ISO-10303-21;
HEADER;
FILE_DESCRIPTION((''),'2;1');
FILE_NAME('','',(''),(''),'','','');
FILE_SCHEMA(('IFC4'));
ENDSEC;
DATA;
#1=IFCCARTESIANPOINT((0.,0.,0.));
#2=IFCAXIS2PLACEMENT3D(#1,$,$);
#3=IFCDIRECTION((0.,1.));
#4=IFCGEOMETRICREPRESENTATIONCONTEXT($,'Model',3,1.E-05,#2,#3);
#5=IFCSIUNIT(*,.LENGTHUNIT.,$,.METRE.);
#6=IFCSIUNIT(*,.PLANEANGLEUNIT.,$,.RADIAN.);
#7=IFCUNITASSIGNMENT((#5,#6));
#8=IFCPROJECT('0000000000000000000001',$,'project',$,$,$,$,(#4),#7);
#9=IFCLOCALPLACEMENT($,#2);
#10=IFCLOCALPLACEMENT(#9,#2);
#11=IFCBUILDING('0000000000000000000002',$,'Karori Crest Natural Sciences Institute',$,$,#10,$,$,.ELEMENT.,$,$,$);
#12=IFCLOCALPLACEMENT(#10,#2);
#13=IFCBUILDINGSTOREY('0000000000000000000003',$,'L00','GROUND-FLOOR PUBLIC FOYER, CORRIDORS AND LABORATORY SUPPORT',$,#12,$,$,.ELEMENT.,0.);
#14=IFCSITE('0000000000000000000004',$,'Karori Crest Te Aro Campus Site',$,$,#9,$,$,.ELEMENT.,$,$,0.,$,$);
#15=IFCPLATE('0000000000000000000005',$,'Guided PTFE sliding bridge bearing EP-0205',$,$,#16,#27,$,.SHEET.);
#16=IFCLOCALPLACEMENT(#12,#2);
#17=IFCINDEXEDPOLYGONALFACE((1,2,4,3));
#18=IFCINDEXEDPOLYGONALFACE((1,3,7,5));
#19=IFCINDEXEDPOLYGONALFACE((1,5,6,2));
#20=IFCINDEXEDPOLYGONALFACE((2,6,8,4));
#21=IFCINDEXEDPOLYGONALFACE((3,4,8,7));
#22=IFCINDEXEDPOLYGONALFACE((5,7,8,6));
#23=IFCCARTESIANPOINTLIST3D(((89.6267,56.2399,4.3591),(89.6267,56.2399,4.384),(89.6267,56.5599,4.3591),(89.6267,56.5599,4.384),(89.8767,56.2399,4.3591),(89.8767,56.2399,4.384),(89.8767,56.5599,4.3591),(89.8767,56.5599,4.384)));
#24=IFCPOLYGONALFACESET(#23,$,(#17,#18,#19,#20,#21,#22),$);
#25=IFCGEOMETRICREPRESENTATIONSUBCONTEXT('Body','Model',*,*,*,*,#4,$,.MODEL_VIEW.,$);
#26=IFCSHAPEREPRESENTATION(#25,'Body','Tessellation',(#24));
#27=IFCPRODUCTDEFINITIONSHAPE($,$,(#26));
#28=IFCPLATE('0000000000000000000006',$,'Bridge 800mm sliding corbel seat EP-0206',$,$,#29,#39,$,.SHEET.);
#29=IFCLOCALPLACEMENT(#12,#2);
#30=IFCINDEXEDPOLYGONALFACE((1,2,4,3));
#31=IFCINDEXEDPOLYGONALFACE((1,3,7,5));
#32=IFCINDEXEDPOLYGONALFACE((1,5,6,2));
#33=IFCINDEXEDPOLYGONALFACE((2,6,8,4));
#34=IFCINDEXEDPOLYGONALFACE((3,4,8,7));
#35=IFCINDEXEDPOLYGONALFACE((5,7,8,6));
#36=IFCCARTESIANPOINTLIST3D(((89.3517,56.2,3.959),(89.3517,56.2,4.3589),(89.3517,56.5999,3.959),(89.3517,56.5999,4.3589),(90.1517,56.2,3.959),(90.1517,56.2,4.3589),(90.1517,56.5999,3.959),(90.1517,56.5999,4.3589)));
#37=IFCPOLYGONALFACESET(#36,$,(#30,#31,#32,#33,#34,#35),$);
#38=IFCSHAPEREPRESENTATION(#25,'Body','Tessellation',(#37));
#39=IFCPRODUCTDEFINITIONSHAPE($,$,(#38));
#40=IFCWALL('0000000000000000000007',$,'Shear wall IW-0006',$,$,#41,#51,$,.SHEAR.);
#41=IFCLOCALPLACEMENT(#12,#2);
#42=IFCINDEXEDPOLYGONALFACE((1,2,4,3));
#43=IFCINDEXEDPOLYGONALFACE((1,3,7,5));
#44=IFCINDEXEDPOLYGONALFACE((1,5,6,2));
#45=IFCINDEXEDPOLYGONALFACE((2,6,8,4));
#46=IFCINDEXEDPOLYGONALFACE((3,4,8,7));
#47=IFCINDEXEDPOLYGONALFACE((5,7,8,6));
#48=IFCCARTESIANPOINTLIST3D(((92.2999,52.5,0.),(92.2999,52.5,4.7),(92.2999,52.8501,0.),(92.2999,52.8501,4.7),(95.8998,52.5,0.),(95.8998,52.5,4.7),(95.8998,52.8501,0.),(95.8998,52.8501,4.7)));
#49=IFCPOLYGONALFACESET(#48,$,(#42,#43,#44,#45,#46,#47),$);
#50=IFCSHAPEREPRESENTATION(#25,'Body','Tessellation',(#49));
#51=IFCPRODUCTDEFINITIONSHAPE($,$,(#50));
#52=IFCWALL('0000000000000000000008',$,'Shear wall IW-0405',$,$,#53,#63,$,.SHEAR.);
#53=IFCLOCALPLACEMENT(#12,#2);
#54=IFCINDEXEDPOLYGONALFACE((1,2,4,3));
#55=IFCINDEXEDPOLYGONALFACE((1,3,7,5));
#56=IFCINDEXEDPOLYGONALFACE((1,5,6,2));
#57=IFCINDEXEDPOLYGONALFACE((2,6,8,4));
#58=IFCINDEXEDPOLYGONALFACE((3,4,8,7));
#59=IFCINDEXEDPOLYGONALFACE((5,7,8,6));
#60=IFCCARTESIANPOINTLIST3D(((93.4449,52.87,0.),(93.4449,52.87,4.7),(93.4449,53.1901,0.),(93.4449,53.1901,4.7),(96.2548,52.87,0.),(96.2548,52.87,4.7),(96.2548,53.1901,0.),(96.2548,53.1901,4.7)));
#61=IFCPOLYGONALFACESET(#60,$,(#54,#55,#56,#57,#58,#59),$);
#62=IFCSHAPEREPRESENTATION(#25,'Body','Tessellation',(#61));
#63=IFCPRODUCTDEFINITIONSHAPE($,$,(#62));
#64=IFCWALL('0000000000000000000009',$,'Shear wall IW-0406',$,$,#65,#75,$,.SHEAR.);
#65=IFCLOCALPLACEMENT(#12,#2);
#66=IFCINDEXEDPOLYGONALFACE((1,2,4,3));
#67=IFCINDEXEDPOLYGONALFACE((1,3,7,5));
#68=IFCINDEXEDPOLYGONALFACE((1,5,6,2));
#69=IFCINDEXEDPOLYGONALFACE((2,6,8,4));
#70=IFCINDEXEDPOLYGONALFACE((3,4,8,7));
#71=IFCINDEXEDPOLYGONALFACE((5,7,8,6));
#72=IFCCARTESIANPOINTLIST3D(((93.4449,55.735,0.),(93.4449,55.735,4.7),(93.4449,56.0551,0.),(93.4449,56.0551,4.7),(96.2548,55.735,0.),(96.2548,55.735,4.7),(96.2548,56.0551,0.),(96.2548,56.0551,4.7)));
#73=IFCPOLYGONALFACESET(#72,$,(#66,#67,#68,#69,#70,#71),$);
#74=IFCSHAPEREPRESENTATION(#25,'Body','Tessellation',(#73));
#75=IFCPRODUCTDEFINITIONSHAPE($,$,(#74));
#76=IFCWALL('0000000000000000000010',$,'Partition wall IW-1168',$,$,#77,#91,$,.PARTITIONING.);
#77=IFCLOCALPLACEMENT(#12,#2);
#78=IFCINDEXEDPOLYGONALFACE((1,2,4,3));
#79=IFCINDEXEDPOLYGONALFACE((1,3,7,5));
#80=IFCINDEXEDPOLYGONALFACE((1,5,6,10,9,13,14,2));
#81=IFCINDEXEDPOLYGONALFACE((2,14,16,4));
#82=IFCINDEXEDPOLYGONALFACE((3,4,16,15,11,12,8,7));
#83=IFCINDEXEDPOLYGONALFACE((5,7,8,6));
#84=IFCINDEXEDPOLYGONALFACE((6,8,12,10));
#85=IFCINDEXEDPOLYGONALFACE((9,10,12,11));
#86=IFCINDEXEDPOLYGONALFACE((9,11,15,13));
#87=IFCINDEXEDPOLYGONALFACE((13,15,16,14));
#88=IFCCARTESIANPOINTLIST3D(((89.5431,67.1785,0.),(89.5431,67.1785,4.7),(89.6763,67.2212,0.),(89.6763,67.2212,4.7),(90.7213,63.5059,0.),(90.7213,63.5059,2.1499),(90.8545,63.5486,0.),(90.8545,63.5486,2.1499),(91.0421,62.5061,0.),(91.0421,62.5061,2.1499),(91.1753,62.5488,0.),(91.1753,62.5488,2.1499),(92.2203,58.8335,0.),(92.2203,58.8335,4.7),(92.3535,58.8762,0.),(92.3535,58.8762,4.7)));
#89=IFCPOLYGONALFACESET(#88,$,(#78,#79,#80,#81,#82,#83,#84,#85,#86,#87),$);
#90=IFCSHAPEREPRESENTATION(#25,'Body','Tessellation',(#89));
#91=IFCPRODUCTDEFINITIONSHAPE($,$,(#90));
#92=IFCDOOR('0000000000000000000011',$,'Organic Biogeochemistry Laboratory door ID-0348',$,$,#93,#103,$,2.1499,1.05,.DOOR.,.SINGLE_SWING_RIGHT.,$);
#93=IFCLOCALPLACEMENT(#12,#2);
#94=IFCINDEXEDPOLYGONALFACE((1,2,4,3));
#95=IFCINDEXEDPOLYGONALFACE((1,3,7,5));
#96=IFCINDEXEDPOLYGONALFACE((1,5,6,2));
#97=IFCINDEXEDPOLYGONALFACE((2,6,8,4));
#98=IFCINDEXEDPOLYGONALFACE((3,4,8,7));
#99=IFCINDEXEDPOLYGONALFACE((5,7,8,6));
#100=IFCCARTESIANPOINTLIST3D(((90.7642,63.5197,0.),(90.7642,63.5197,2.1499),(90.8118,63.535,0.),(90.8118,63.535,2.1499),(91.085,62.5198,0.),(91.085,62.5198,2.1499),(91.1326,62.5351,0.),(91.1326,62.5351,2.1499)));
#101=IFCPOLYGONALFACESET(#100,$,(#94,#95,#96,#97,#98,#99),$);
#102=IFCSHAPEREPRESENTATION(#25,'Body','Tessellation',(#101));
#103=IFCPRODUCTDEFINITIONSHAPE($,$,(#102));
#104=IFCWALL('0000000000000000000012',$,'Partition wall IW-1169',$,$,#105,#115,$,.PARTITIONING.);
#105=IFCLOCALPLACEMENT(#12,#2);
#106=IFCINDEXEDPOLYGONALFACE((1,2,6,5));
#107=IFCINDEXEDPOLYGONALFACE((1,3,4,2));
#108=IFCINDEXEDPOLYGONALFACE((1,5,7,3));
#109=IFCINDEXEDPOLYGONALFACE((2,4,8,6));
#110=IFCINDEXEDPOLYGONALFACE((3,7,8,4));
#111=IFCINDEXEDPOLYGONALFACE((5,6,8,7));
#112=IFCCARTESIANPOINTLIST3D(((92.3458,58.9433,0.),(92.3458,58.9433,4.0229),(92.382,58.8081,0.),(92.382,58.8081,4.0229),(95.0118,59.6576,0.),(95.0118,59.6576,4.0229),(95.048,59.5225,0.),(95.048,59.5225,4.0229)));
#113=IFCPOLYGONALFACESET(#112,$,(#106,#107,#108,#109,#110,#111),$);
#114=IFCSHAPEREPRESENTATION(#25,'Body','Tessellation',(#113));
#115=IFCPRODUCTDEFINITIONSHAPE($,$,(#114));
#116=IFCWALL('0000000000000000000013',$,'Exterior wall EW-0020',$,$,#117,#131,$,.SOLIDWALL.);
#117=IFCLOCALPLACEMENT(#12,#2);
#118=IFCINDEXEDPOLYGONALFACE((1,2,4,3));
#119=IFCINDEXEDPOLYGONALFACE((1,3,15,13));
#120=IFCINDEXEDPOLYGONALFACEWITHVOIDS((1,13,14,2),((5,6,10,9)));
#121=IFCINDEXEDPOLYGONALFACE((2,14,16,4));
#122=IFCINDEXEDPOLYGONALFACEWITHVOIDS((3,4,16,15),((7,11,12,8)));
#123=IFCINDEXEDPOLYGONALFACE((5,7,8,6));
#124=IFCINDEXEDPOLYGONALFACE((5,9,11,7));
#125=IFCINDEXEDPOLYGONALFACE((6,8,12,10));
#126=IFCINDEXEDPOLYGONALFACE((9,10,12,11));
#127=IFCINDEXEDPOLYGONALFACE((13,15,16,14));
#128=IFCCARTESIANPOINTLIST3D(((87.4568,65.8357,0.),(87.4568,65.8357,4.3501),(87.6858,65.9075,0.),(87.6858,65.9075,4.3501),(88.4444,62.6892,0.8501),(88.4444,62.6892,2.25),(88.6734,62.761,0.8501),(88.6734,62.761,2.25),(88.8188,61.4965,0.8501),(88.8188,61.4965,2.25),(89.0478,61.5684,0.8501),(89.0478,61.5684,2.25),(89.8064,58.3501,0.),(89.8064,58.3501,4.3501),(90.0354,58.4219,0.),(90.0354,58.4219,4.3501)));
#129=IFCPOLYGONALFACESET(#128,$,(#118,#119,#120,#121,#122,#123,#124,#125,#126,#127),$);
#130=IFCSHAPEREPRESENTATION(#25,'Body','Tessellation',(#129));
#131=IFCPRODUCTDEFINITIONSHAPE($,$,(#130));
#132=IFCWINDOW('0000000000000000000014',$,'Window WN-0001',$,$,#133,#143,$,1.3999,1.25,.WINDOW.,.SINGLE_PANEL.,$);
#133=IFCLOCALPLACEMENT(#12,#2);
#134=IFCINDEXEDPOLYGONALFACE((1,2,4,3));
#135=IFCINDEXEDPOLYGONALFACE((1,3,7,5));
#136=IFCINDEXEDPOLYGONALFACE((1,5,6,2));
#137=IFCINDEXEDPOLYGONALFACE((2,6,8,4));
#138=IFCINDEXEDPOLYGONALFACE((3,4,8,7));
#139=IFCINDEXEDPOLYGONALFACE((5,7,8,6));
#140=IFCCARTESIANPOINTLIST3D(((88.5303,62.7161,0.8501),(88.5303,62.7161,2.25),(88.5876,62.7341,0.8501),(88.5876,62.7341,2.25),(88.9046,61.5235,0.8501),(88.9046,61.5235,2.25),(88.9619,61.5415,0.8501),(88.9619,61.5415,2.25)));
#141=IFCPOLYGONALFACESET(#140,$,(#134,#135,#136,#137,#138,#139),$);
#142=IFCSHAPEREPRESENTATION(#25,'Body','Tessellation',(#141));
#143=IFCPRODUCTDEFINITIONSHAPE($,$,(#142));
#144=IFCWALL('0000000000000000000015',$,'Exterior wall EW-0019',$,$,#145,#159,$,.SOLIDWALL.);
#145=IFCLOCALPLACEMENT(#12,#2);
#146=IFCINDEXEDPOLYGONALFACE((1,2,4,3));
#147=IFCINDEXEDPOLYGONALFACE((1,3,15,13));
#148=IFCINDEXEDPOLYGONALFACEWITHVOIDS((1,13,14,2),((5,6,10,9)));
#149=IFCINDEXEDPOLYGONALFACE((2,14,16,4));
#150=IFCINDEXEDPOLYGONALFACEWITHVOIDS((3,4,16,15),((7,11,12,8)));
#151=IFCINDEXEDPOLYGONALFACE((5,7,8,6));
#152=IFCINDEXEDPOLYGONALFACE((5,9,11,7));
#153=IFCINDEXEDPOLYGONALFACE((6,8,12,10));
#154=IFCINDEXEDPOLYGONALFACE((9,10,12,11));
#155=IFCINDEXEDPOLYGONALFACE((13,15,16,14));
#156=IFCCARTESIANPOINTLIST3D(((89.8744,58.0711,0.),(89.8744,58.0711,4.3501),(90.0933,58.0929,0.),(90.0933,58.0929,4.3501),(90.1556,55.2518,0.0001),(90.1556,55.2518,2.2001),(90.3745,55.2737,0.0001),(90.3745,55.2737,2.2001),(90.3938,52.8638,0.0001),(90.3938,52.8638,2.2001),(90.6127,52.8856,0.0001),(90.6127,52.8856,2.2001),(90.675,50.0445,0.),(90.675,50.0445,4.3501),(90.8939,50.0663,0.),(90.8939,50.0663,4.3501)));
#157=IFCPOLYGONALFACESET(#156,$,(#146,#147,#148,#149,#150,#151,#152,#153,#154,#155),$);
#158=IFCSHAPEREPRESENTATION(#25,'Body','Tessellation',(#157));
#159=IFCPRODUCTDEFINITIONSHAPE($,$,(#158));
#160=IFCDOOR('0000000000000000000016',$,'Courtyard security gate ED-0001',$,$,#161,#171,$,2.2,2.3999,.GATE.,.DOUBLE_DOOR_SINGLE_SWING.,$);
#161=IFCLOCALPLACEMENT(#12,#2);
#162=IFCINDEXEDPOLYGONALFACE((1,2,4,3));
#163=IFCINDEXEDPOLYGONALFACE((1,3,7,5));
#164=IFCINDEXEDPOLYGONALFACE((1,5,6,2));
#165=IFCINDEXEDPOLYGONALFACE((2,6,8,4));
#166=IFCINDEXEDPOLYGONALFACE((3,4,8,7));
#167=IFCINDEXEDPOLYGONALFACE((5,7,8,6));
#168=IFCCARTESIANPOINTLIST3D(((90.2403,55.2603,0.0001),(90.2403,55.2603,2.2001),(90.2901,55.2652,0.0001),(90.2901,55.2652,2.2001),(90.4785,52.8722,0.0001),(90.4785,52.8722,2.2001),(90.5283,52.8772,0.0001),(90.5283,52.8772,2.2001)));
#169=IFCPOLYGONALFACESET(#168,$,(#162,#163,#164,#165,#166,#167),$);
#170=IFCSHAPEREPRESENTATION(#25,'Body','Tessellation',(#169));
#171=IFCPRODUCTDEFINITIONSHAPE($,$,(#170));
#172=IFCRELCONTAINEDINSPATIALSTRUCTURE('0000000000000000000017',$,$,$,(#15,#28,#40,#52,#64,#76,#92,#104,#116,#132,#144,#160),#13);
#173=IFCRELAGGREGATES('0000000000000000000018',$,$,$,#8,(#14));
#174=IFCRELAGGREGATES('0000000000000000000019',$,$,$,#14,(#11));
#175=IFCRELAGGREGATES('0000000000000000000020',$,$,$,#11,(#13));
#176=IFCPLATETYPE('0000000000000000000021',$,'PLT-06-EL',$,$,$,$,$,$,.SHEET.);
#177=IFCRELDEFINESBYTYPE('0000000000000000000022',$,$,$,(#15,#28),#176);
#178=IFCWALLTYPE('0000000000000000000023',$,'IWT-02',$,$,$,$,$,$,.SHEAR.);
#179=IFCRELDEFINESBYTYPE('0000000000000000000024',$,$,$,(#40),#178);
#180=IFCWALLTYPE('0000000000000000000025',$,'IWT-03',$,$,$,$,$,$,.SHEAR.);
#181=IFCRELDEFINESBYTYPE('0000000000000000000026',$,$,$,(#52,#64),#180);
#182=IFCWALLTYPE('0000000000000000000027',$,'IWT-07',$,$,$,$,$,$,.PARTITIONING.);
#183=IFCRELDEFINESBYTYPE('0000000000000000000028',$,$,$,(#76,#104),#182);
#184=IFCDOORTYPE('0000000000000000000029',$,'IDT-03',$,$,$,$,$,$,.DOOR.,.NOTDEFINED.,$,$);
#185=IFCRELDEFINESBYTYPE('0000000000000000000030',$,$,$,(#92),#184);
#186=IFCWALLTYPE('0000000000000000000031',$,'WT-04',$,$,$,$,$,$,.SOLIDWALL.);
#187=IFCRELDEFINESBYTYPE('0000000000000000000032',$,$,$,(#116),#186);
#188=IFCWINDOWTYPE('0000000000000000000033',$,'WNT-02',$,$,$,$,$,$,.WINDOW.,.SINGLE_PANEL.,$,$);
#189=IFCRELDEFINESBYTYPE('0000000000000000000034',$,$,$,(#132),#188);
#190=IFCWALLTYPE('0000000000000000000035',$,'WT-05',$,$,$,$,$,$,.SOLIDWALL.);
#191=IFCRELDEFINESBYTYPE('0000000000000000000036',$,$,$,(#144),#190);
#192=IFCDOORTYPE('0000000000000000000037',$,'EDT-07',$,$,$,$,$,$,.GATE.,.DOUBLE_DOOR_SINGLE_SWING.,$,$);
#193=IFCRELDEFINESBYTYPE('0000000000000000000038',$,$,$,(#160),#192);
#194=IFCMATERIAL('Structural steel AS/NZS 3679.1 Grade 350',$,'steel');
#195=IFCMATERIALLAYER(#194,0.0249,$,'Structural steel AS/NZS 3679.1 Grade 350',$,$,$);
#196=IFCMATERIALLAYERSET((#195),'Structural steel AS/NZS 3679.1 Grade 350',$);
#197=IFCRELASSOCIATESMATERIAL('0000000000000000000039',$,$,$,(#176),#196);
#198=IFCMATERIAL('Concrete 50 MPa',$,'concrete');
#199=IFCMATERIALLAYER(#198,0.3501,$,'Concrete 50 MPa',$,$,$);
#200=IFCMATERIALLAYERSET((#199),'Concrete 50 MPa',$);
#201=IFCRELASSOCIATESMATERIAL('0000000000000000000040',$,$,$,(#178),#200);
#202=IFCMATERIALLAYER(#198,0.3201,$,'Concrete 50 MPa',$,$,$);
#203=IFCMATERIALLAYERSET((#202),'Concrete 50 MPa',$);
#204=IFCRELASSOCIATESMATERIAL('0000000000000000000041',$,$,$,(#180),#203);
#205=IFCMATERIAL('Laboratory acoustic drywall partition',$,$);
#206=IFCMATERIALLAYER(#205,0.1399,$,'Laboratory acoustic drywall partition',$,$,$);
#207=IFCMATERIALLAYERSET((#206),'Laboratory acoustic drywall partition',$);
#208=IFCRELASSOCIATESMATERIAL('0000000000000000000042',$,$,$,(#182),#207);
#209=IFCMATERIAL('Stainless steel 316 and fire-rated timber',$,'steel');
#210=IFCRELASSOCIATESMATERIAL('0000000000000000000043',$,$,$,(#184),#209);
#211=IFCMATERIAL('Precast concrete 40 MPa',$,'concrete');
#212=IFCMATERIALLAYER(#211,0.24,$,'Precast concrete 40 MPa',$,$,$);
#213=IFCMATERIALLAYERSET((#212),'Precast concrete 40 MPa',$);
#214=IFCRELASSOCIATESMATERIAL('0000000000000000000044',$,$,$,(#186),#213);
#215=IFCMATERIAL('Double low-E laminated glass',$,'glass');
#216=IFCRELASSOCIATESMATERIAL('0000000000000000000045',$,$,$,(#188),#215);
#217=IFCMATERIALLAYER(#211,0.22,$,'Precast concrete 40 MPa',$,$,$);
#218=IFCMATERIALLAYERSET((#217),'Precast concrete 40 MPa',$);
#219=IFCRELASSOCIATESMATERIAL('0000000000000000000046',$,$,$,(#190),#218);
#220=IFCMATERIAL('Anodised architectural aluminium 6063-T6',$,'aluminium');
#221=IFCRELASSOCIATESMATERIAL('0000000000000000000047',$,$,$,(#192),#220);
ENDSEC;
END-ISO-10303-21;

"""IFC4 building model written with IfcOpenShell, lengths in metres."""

from ifc_helpers import new_model, si_unit, direction, frame, frame_2d, origin, origin_2d, place, context, subcontext, project, spatial, rectangle, extrude, material, layer, layer_set, type_object, element, fill, save


model = new_model("IFC4")

# Units and contexts
model_context = context("Model", 3, precision=1e-05, world=origin(), true_north=direction((0.0, 1.0)))
body_context = subcontext(model_context, "Body", "Model", "MODEL_VIEW")
ifc_project = project(units=[si_unit("LENGTHUNIT", "METRE"), si_unit("PLANEANGLEUNIT", "RADIAN")], contexts=[model_context])

# Site, building, storey
site_placement = place(None, origin())
site = spatial("IfcSite", under=ifc_project, at=site_placement, Name="Karori Crest Te Aro Campus Site", CompositionType="ELEMENT", RefElevation=0.0)
building_placement = place(site_placement, origin())
building = spatial("IfcBuilding", under=site, at=building_placement, Name="Karori Crest Natural Sciences Institute", CompositionType="ELEMENT")
storey_placement = place(building_placement, origin())
storey = spatial("IfcBuildingStorey", under=building, at=storey_placement, Name="L00", Description="GROUND-FLOOR PUBLIC FOYER, CORRIDORS AND LABORATORY SUPPORT", CompositionType="ELEMENT", Elevation=0.0)

# Shared definitions
ifc_material_1 = material(Name="Structural steel AS/NZS 3679.1 Grade 350", Category="steel")

# Shared definitions
ifc_material_2 = material(Name="Anodised architectural aluminium 6063-T6", Category="aluminium")
ifc_material_3 = material(Name="Double low-E laminated glass", Category="glass")

# Plates
ifc_layer_1 = layer(ifc_material_1, 0.0249, Name="Structural steel AS/NZS 3679.1 Grade 350")
ifc_layer_set_1 = layer_set([ifc_layer_1], Name="Structural steel AS/NZS 3679.1 Grade 350")
plate_type_1 = type_object("IfcPlateType", Name="PLT-06-EL", PredefinedType="SHEET", material=ifc_layer_set_1)
plate_1_placement = place(storey_placement, frame((89.7517, 56.3999, 4.3591), z_axis=(0.0, 0.0, 1.0), x_axis=(1.0, 0.0, 0.0)))
element("IfcPlate", 1, at=plate_1_placement, inside=storey, type_object=plate_type_1, Name="Guided PTFE sliding bridge bearing EP-0205", PredefinedType="SHEET", context=body_context, shape_type="SweptSolid", body=[
    extrude(rectangle(XDim=0.25, YDim=0.3201, at=origin_2d()), origin(), (0.0, 0.0, 1.0), 0.0249),
])
plate_2_placement = place(storey_placement, frame((89.7517, 56.3999, 3.959), z_axis=(0.0, 0.0, 1.0), x_axis=(1.0, 0.0, 0.0)))
element("IfcPlate", 2, at=plate_2_placement, inside=storey, type_object=plate_type_1, Name="Bridge 800mm sliding corbel seat EP-0206", PredefinedType="SHEET", context=body_context, shape_type="SweptSolid", body=[
    extrude(rectangle(XDim=0.8, YDim=0.3999, at=origin_2d()), origin(), (0.0, 0.0, 1.0), 0.3999),
])

# Walls
ifc_material_4 = material(Name="Concrete 50 MPa", Category="concrete")
ifc_layer_2 = layer(ifc_material_4, 0.3501, Name="Concrete 50 MPa")
ifc_layer_set_2 = layer_set([ifc_layer_2], Name="Concrete 50 MPa")
wall_type_1 = type_object("IfcWallType", Name="IWT-02", PredefinedType="SHEAR", material=ifc_layer_set_2)
wall_1_placement = place(storey_placement, frame((92.3, 52.675, 0.0), z_axis=(0.0, 0.0, 1.0), x_axis=(1.0, 0.0, 0.0)))
element("IfcWall", 3, at=wall_1_placement, inside=storey, type_object=wall_type_1, Name="Shear wall IW-0006", PredefinedType="SHEAR", context=body_context, shape_type="SweptSolid", body=[
    extrude(rectangle(XDim=3.5999, YDim=0.3501, at=frame_2d((1.7998, 0.0))), origin(), (0.0, 0.0, 1.0), 4.7),
])
ifc_layer_3 = layer(ifc_material_4, 0.3201, Name="Concrete 50 MPa")
ifc_layer_set_3 = layer_set([ifc_layer_3], Name="Concrete 50 MPa")
wall_type_2 = type_object("IfcWallType", Name="IWT-03", PredefinedType="SHEAR", material=ifc_layer_set_3)
for number, where, z_axis, x_axis, name in (
    (4, (93.4451, 53.03, 0.0), (0.0, 0.0, 1.0), (1.0, 0.0, 0.0), "Shear wall IW-0405"),
    (5, (93.4451, 55.895, 0.0), (0.0, 0.0, 1.0), (1.0, 0.0, 0.0), "Shear wall IW-0406"),
):
    element("IfcWall", number, at=place(storey_placement, frame(where, z_axis=z_axis, x_axis=x_axis)), inside=storey, type_object=wall_type_2, Name=name, PredefinedType="SHEAR", context=body_context, shape_type="SweptSolid", body=[
        extrude(rectangle(XDim=2.8098, YDim=0.3201, at=frame_2d((1.4048, 0.0))), origin(), (0.0, 0.0, 1.0), 4.7),
    ])

# Wall, opening, door
ifc_material_5 = material(Name="Stainless steel 316 and fire-rated timber", Category="steel")
ifc_material_6 = material(Name="Laboratory acoustic drywall partition")
ifc_layer_4 = layer(ifc_material_6, 0.1399, Name="Laboratory acoustic drywall partition")
ifc_layer_set_4 = layer_set([ifc_layer_4], Name="Laboratory acoustic drywall partition")
wall_type_3 = type_object("IfcWallType", Name="IWT-07", PredefinedType="PARTITIONING", material=ifc_layer_set_4)
wall_2_placement = place(storey_placement, frame((92.2869, 58.855, 0.0), z_axis=(0.0, 0.0, 1.0), x_axis=(-0.305485, 0.952197, 0.0)))
wall_2 = element("IfcWall", 6, at=wall_2_placement, inside=storey, type_object=wall_type_3, Name="Partition wall IW-1168", PredefinedType="PARTITIONING", context=body_context, shape_type="SweptSolid", body=[
    extrude(rectangle(XDim=8.7639, YDim=0.1399, at=frame_2d((4.3818, 0.0))), origin(), (0.0, 0.0, 1.0), 4.7),
])
opening_1_placement = place(wall_2_placement, frame((3.8569, 0.0, 0.0)))
opening_1 = element("IfcOpeningElement", 7, at=opening_1_placement, cuts=wall_2, PredefinedType="OPENING", context=body_context, shape_type="SweptSolid", body=[
    extrude(rectangle(XDim=1.05, YDim=2.1499, at=frame_2d((0.5249, 1.075))), frame((0.0, 0.0801, 0.0), z_axis=(0.0, -1.0, 0.0), x_axis=(1.0, 0.0, 0.0)), (0.0, 0.0, 1.0), 0.1599),
])
door_type_1 = type_object("IfcDoorType", Name="IDT-03", OperationType="NOTDEFINED", PredefinedType="DOOR", material=ifc_material_5)
door_1_placement = place(opening_1_placement, origin())
door_1 = element("IfcDoor", 8, at=door_1_placement, inside=storey, type_object=door_type_1, Name="Organic Biogeochemistry Laboratory door ID-0348", OperationType="SINGLE_SWING_RIGHT", OverallHeight=2.1499, OverallWidth=1.05, PredefinedType="DOOR", context=body_context, shape_type="SweptSolid", body=[
    extrude(rectangle(XDim=1.05, YDim=2.1499, at=frame_2d((0.5249, 1.075))), frame((0.0, 0.0249, 0.0), z_axis=(0.0, -1.0, 0.0), x_axis=(1.0, 0.0, 0.0)), (0.0, 0.0, 1.0), 0.05),
])
fill(opening_1, door_1)

# Wall
wall_3_placement = place(storey_placement, frame((92.364, 58.8757, 0.0), z_axis=(0.0, 0.0, 1.0), x_axis=(0.965926, 0.258819, 0.0)))
element("IfcWall", 9, at=wall_3_placement, inside=storey, type_object=wall_type_3, Name="Partition wall IW-1169", PredefinedType="PARTITIONING", context=body_context, shape_type="SweptSolid", body=[
    extrude(rectangle(XDim=2.76, YDim=0.1399, at=frame_2d((1.3799, 0.0))), origin(), (0.0, 0.0, 1.0), 4.0229),
])

# Wall, opening, window
ifc_material_7 = material(Name="Precast concrete 40 MPa", Category="concrete")
ifc_layer_5 = layer(ifc_material_7, 0.24, Name="Precast concrete 40 MPa")
ifc_layer_set_5 = layer_set([ifc_layer_5], Name="Precast concrete 40 MPa")
wall_type_4 = type_object("IfcWallType", Name="WT-04", PredefinedType="SOLIDWALL", material=ifc_layer_set_5)
wall_4_placement = place(storey_placement, frame((89.9209, 58.386, 0.0), z_axis=(0.0, 0.0, 1.0), x_axis=(-0.299478, 0.954103, 0.0)))
wall_4 = element("IfcWall", 10, at=wall_4_placement, inside=storey, type_object=wall_type_4, Name="Exterior wall EW-0020", PredefinedType="SOLIDWALL", context=body_context, shape_type="SweptSolid", body=[
    extrude(rectangle(XDim=7.8457, YDim=0.24, at=frame_2d((3.9229, 0.0))), origin(), (0.0, 0.0, 1.0), 4.3501),
])
opening_2_placement = place(wall_4_placement, frame((3.2979, 0.0, 0.8501)))
opening_2 = element("IfcOpeningElement", 11, at=opening_2_placement, cuts=wall_4, PredefinedType="OPENING", context=body_context, shape_type="SweptSolid", body=[
    extrude(rectangle(XDim=1.25, YDim=1.3999, at=frame_2d((0.625, 0.7))), frame((0.0, 0.1299, 0.0), z_axis=(0.0, -1.0, 0.0), x_axis=(1.0, 0.0, 0.0)), (0.0, 0.0, 1.0), 0.26),
])
window_type = type_object("IfcWindowType", Name="WNT-02", PartitioningType="SINGLE_PANEL", PredefinedType="WINDOW", material=ifc_material_3)
window_placement = place(opening_2_placement, origin())
window = element("IfcWindow", 12, at=window_placement, inside=storey, type_object=window_type, Name="Window WN-0001", OverallHeight=1.3999, OverallWidth=1.25, PartitioningType="SINGLE_PANEL", PredefinedType="WINDOW", context=body_context, shape_type="SweptSolid", body=[
    extrude(rectangle(XDim=1.25, YDim=1.3999, at=frame_2d((0.625, 0.7))), frame((0.0, 0.03, 0.0), z_axis=(0.0, -1.0, 0.0), x_axis=(1.0, 0.0, 0.0)), (0.0, 0.0, 1.0), 0.0601),
])
fill(opening_2, window)

# Wall, opening, door
ifc_layer_6 = layer(ifc_material_7, 0.22, Name="Precast concrete 40 MPa")
ifc_layer_set_6 = layer_set([ifc_layer_6], Name="Precast concrete 40 MPa")
wall_type_5 = type_object("IfcWallType", Name="WT-05", PredefinedType="SOLIDWALL", material=ifc_layer_set_6)
wall_5_placement = place(storey_placement, frame((90.7844, 50.0554, 0.0), z_axis=(0.0, 0.0, 1.0), x_axis=(-0.099243, 0.995063, 0.0)))
wall_5 = element("IfcWall", 13, at=wall_5_placement, inside=storey, type_object=wall_type_5, Name="Exterior wall EW-0019", PredefinedType="SOLIDWALL", context=body_context, shape_type="SweptSolid", body=[
    extrude(rectangle(XDim=8.0664, YDim=0.22, at=frame_2d((4.0332, 0.0))), origin(), (0.0, 0.0, 1.0), 4.3501),
])
opening_3_placement = place(wall_5_placement, frame((2.8333, 0.0, 0.0)))
opening_3 = element("IfcOpeningElement", 14, at=opening_3_placement, cuts=wall_5, PredefinedType="OPENING", context=body_context, shape_type="SweptSolid", body=[
    extrude(rectangle(XDim=2.3999, YDim=2.2, at=frame_2d((1.2, 1.1001))), frame((0.0, 0.1201, 0.0), z_axis=(0.0, -1.0, 0.0), x_axis=(1.0, 0.0, 0.0)), (0.0, 0.0, 1.0), 0.24),
])
door_type_2 = type_object("IfcDoorType", Name="EDT-07", OperationType="DOUBLE_DOOR_SINGLE_SWING", PredefinedType="GATE", material=ifc_material_2)
door_2_placement = place(opening_3_placement, origin())
door_2 = element("IfcDoor", 15, at=door_2_placement, inside=storey, type_object=door_type_2, Name="Courtyard security gate ED-0001", OperationType="DOUBLE_DOOR_SINGLE_SWING", OverallHeight=2.2, OverallWidth=2.3999, PredefinedType="GATE", context=body_context, shape_type="SweptSolid", body=[
    extrude(rectangle(XDim=2.3999, YDim=2.2, at=frame_2d((1.2, 1.1001))), frame((0.0, 0.0249, 0.0), z_axis=(0.0, -1.0, 0.0), x_axis=(1.0, 0.0, 0.0)), (0.0, 0.0, 1.0), 0.05),
])
fill(opening_3, door_2)

save(model, "model.ifc")
